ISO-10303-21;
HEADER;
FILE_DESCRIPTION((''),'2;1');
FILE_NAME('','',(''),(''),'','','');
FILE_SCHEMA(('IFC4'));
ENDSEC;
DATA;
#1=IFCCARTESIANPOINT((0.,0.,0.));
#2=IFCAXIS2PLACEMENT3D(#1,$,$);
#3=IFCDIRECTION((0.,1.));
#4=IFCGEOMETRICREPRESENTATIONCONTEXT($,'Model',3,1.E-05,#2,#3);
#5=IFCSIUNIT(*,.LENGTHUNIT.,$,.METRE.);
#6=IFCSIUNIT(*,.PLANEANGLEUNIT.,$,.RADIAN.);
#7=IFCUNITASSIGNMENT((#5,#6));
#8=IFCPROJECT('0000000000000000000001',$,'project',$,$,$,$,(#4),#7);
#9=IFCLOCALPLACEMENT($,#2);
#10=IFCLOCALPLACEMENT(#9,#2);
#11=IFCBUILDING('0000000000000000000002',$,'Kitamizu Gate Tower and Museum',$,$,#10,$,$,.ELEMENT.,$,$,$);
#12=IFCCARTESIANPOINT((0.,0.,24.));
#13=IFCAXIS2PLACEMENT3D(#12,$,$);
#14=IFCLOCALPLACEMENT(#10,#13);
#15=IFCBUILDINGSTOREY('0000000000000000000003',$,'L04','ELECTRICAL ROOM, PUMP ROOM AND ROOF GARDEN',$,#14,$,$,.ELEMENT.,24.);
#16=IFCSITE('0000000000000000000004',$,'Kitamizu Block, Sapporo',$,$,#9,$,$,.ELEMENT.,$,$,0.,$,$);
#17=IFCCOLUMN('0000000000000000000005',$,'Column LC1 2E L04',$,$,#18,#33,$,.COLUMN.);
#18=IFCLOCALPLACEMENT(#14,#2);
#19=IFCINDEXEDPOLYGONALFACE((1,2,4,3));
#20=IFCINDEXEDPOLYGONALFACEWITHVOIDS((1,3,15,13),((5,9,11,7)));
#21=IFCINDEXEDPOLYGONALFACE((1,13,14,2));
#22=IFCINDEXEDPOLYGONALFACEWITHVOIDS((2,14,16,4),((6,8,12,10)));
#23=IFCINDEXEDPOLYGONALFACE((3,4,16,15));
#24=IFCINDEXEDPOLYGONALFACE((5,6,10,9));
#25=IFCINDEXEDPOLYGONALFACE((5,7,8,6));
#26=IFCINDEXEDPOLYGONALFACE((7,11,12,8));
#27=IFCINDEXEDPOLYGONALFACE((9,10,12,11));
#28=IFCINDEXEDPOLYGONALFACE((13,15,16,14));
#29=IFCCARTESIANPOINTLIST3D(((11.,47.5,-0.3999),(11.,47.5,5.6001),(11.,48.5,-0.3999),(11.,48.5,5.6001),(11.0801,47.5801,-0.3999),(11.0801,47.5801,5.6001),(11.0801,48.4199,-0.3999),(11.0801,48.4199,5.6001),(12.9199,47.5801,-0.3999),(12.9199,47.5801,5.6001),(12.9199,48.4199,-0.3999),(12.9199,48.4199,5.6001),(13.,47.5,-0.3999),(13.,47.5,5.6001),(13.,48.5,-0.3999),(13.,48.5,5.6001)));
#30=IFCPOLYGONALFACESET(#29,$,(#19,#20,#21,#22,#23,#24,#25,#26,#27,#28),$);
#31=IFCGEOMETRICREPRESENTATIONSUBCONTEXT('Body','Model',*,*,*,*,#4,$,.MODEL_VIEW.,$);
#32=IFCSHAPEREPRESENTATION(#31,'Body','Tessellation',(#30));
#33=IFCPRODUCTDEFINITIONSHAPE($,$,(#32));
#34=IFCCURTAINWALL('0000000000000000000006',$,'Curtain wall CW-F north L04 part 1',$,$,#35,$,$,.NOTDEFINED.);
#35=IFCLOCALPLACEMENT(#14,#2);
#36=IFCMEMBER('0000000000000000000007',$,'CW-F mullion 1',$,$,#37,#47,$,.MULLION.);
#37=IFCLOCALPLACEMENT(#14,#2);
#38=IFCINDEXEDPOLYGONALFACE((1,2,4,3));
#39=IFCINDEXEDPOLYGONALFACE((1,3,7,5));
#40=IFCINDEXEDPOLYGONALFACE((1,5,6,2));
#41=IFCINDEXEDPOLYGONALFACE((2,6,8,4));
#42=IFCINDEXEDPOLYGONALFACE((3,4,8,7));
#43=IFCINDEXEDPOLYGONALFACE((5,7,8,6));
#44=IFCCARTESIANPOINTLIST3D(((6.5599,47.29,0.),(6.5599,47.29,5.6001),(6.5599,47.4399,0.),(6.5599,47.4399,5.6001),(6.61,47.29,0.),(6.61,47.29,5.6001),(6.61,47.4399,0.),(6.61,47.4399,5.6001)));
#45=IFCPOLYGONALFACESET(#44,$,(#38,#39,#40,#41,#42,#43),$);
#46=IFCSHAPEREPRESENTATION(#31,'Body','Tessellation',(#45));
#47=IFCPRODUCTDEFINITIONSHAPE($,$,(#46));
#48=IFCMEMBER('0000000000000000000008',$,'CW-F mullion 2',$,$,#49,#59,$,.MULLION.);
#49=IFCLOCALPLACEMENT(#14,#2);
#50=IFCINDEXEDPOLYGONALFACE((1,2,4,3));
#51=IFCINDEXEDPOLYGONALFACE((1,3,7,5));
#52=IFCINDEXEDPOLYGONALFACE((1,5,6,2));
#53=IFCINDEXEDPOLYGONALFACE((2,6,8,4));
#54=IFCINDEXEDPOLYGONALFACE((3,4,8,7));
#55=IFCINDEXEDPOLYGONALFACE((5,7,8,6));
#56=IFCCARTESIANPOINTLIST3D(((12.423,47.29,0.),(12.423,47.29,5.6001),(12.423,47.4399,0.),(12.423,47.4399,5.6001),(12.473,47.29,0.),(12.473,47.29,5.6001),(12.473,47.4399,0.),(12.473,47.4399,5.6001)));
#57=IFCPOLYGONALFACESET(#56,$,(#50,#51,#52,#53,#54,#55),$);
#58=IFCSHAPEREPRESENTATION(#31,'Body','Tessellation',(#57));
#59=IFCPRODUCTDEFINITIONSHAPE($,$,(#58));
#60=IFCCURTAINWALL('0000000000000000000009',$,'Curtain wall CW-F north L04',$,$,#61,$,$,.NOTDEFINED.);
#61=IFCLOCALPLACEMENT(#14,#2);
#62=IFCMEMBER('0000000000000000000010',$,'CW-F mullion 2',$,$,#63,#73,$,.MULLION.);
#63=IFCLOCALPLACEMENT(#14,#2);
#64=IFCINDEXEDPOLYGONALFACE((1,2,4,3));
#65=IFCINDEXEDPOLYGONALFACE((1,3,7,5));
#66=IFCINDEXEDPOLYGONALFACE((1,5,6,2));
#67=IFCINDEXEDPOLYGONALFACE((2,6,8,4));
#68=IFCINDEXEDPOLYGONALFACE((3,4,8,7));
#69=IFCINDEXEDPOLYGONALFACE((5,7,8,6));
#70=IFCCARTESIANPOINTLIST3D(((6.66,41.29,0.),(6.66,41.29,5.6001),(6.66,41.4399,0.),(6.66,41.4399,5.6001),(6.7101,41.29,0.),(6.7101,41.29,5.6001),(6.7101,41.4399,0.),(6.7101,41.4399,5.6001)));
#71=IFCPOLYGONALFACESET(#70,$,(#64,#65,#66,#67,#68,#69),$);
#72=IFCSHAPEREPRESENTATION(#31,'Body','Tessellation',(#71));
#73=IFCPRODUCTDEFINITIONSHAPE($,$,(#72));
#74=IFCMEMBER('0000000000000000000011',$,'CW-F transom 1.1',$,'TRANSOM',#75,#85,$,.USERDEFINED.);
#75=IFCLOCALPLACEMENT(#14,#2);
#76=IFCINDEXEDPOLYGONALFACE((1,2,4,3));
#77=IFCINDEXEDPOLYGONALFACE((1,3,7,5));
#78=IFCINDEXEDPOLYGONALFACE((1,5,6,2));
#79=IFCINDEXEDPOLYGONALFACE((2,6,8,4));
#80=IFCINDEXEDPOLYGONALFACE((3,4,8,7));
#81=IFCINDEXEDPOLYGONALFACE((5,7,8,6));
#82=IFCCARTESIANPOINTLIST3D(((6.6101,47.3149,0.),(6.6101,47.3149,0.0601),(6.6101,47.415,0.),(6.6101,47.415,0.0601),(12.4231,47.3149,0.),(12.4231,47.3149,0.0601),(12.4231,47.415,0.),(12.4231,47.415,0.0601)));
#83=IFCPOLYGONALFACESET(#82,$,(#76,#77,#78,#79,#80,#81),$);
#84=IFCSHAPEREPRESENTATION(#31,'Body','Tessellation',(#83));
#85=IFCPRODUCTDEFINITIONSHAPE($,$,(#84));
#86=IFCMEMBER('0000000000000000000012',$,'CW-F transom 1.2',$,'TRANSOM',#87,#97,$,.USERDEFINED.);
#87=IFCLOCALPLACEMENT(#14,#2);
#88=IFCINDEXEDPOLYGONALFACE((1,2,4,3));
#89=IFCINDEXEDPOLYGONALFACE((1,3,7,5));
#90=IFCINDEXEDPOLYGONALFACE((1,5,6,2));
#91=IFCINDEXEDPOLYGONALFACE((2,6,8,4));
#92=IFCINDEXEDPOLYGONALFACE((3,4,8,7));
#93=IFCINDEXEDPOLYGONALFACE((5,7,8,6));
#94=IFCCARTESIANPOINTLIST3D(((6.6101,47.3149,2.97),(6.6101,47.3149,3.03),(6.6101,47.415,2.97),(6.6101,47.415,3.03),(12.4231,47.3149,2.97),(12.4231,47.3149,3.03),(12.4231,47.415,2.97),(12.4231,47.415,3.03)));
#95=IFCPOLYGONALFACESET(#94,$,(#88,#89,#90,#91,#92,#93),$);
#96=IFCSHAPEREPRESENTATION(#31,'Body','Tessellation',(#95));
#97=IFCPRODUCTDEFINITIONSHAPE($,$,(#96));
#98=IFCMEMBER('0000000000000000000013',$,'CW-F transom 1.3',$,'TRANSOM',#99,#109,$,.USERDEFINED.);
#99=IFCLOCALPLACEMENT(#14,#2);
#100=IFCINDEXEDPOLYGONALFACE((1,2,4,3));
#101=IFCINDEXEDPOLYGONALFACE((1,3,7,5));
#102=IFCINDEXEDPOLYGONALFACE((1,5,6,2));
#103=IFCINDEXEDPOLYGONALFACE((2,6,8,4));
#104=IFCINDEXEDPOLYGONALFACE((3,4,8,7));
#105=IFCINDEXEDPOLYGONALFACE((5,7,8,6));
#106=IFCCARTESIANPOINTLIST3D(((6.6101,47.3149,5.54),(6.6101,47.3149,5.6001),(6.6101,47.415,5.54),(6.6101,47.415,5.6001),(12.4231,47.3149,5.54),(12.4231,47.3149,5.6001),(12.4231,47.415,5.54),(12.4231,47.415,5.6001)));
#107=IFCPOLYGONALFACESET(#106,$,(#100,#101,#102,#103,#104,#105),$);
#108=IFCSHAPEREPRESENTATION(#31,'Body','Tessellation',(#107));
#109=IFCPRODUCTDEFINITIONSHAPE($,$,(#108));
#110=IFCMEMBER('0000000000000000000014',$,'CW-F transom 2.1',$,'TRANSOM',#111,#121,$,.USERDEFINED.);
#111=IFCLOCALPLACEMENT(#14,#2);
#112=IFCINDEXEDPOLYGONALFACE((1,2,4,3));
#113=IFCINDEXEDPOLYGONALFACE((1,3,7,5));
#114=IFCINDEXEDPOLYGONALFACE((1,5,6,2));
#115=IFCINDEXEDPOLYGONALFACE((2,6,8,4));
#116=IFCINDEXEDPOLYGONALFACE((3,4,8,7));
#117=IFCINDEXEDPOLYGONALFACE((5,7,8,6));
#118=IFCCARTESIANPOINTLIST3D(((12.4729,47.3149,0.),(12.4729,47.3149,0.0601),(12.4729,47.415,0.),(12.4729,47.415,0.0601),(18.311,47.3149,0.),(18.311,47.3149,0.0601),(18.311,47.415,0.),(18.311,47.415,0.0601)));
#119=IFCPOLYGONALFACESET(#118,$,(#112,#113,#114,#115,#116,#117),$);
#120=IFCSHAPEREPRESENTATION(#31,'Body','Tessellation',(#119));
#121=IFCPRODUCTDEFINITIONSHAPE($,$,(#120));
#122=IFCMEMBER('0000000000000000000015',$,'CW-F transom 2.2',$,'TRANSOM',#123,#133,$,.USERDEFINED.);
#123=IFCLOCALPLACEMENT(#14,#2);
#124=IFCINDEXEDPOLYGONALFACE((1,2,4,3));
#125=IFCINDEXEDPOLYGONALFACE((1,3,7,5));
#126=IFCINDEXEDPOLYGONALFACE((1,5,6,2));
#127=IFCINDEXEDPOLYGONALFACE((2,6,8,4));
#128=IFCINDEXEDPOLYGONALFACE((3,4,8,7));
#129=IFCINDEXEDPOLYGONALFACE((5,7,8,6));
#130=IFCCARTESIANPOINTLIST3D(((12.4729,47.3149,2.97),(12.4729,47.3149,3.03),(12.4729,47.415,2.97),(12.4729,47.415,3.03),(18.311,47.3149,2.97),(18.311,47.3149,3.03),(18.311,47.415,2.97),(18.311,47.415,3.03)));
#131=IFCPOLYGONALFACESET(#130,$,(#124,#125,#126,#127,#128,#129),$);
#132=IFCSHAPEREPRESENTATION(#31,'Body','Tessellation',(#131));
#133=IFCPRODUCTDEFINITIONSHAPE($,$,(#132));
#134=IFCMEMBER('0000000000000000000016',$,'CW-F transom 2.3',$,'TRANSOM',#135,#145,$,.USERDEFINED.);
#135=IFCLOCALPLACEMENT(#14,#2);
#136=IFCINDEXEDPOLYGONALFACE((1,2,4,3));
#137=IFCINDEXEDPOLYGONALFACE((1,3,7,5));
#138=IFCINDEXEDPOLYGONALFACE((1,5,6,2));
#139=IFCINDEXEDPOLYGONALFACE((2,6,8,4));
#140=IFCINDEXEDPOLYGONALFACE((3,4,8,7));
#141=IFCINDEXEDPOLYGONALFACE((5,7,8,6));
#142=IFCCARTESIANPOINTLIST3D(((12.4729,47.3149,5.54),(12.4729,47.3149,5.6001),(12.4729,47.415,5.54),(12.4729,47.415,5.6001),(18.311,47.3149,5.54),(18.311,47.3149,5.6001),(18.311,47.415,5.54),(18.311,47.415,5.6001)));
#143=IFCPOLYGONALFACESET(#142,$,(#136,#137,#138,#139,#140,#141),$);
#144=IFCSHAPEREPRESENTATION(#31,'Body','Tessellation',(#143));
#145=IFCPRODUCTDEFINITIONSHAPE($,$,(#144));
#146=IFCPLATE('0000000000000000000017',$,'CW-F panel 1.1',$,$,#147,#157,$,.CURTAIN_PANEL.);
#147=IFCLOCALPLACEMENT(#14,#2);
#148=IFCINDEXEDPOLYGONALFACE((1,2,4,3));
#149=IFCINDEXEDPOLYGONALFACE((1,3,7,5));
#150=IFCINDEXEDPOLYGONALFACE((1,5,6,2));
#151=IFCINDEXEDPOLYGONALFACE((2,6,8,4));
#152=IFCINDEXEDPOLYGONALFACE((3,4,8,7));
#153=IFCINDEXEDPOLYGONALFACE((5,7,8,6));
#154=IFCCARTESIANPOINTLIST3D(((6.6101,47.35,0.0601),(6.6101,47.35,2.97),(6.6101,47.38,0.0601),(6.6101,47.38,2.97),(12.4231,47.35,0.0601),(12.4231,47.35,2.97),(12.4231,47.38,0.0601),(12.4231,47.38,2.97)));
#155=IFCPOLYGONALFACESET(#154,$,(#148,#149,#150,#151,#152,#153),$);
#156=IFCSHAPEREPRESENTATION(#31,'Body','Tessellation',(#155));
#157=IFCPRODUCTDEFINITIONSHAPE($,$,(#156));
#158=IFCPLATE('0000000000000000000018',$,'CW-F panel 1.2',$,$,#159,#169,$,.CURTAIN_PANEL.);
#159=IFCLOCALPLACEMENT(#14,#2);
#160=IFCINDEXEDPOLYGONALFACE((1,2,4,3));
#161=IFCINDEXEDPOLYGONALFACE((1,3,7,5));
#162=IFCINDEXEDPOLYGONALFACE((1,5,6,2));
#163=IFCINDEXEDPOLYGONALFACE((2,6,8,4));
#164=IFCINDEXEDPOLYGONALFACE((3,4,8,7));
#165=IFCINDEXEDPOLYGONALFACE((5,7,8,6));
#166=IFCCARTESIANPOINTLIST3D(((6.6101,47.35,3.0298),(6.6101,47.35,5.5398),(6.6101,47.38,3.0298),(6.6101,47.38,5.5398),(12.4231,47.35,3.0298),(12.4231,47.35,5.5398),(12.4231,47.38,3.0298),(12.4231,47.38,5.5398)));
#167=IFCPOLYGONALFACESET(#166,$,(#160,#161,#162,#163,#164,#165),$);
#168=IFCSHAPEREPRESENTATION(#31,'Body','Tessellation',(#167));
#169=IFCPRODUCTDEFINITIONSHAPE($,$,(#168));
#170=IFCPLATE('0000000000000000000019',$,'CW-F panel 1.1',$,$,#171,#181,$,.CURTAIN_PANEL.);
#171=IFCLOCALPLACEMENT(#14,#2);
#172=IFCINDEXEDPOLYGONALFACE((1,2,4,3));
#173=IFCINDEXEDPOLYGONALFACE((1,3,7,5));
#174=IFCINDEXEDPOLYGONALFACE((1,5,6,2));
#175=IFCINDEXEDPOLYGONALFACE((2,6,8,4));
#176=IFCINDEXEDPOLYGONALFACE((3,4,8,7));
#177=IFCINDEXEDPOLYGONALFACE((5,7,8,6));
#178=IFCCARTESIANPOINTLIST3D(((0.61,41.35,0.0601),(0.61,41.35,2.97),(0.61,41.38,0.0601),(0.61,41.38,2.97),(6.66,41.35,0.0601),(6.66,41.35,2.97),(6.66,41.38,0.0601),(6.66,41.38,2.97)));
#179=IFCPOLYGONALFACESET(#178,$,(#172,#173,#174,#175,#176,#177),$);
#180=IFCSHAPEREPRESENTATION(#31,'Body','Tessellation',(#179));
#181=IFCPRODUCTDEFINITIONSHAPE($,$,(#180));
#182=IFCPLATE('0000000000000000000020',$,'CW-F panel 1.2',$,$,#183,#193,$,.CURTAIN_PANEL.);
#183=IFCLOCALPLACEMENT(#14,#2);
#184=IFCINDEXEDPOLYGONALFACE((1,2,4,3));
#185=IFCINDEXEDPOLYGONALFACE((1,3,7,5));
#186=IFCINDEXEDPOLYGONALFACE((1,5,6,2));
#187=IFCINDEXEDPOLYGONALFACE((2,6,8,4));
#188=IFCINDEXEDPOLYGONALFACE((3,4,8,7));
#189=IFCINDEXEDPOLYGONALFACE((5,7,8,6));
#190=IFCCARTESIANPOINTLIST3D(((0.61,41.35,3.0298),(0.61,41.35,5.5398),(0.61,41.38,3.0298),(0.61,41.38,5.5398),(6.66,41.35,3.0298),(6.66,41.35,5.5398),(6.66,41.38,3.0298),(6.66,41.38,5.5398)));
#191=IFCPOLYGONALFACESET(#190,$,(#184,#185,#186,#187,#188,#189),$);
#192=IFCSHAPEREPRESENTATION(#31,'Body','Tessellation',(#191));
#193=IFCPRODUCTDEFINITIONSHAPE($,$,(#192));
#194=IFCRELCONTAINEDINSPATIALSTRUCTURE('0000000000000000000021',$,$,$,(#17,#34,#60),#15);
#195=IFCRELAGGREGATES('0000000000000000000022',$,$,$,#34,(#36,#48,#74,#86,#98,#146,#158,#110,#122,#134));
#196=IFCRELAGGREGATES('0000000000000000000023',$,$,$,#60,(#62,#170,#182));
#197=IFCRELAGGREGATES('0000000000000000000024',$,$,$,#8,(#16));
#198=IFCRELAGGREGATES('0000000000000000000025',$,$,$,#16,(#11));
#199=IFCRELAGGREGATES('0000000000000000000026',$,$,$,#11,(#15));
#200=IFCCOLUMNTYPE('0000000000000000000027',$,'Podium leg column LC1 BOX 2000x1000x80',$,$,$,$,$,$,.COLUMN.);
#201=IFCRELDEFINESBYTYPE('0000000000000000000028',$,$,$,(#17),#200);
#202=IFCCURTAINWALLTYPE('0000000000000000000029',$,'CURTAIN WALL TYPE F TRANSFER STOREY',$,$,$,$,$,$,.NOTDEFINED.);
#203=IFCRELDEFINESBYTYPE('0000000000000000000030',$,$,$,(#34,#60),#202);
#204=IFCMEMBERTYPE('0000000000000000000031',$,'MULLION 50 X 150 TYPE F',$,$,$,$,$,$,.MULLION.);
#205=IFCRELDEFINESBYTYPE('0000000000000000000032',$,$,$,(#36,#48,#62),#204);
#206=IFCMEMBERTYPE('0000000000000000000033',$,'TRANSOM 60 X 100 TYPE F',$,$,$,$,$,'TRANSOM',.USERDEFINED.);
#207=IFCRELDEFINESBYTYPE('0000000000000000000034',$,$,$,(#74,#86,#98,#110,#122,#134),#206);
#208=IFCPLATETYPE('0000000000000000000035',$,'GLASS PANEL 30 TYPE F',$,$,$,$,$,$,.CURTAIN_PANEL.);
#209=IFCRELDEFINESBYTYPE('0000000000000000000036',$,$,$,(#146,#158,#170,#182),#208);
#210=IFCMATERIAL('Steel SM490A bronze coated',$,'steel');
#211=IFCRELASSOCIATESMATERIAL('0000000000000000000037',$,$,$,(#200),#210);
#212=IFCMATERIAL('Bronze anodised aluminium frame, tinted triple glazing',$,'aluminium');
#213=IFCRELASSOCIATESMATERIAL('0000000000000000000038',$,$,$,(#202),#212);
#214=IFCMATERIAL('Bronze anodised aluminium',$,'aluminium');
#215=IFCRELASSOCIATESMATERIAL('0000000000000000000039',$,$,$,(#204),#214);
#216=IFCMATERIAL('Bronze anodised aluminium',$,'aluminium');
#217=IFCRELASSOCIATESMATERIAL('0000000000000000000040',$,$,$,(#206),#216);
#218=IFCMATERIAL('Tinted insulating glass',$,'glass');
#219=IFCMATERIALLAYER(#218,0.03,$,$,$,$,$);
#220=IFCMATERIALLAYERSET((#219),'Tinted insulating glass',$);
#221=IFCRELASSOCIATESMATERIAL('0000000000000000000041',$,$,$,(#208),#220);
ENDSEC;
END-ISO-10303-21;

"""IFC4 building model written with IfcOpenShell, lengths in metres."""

from ifc_helpers import new_model, si_unit, direction, frame, origin, origin_2d, place, context, subcontext, project, spatial, rectangle, hollow_rectangle, extrude, material, layer, layer_set, material_profile, profile_set, type_object, element, aggregate, save


model = new_model("IFC4")

# Units and contexts
model_context = context("Model", 3, precision=1e-05, world=origin(), true_north=direction((0.0, 1.0)))
body_context = subcontext(model_context, "Body", "Model", "MODEL_VIEW")
ifc_project = project(units=[si_unit("LENGTHUNIT", "METRE"), si_unit("PLANEANGLEUNIT", "RADIAN")], contexts=[model_context])

# Site, building, storey
site_placement = place(None, origin())
site = spatial("IfcSite", under=ifc_project, at=site_placement, Name="Kitamizu Block, Sapporo", CompositionType="ELEMENT", RefElevation=0.0)
building_placement = place(site_placement, origin())
building = spatial("IfcBuilding", under=site, at=building_placement, Name="Kitamizu Gate Tower and Museum", CompositionType="ELEMENT")
storey_placement = place(building_placement, frame((0.0, 0.0, 24.0)))
storey = spatial("IfcBuildingStorey", under=building, at=storey_placement, Name="L04", Description="ELECTRICAL ROOM, PUMP ROOM AND ROOF GARDEN", CompositionType="ELEMENT", Elevation=24.0)

# Column
ifc_material_1 = material(Name="Steel SM490A bronze coated", Category="steel")
ifc_material_profile_1 = material_profile(ifc_material_1, hollow_rectangle(XDim=2.0, YDim=1.0, WallThickness=0.0801, at=origin_2d()), Name="BOX 2000x1000x80")
ifc_profile_set_1 = profile_set([ifc_material_profile_1], Name="Steel SM490A bronze coated")
column_type = type_object("IfcColumnType", Name="Podium leg column LC1 BOX 2000x1000x80", PredefinedType="COLUMN", material=ifc_profile_set_1)
column_placement = place(storey_placement, frame((12.0, 48.0, -0.3999), z_axis=(0.0, 0.0, 1.0), x_axis=(1.0, 0.0, 0.0)))
element("IfcColumn", 1, at=column_placement, inside=storey, type_object=column_type, Name="Column LC1 2E L04", PredefinedType="COLUMN", context=body_context, shape_type="SweptSolid", body=[
    extrude(hollow_rectangle(XDim=2.0, YDim=1.0, WallThickness=0.0801, at=origin_2d()), origin(), (0.0, 0.0, 1.0), 6.0),
])

# Curtain wall, members
ifc_material_2 = material(Name="Bronze anodised aluminium frame, tinted triple glazing", Category="aluminium")
curtain_wall_type = type_object("IfcCurtainWallType", Name="CURTAIN WALL TYPE F TRANSFER STOREY", PredefinedType="NOTDEFINED", material=ifc_material_2)
curtain_wall_1_placement = place(storey_placement, origin())
curtain_wall_1 = element("IfcCurtainWall", 2, at=curtain_wall_1_placement, inside=storey, type_object=curtain_wall_type, Name="Curtain wall CW-F north L04 part 1", PredefinedType="NOTDEFINED")
ifc_material_3 = material(Name="Bronze anodised aluminium", Category="aluminium")
ifc_material_profile_2 = material_profile(ifc_material_3, rectangle(XDim=0.05, YDim=0.1499, at=origin_2d()), Name="AL 50X150")
ifc_profile_set_2 = profile_set([ifc_material_profile_2], Name="Bronze anodised aluminium")
member_type_1 = type_object("IfcMemberType", Name="MULLION 50 X 150 TYPE F", PredefinedType="MULLION", material=ifc_profile_set_2)
member_1_placement = place(storey_placement, frame((6.585, 47.365, 0.0), z_axis=(0.0, 0.0, 1.0), x_axis=(1.0, 0.0, 0.0)))
member_1 = element("IfcMember", 3, at=member_1_placement, type_object=member_type_1, Name="CW-F mullion 1", PredefinedType="MULLION", context=body_context, shape_type="SweptSolid", body=[
    extrude(rectangle(XDim=0.05, YDim=0.1499, at=origin_2d()), origin(), (0.0, 0.0, 1.0), 5.6001),
])
member_2_placement = place(storey_placement, frame((12.448, 47.365, 0.0), z_axis=(0.0, 0.0, 1.0), x_axis=(1.0, 0.0, 0.0)))
member_2 = element("IfcMember", 4, at=member_2_placement, type_object=member_type_1, Name="CW-F mullion 2", PredefinedType="MULLION", context=body_context, shape_type="SweptSolid", body=[
    extrude(rectangle(XDim=0.05, YDim=0.1499, at=origin_2d()), origin(), (0.0, 0.0, 1.0), 5.6001),
])

# Curtain wall, member
curtain_wall_2_placement = place(storey_placement, origin())
curtain_wall_2 = element("IfcCurtainWall", 5, at=curtain_wall_2_placement, inside=storey, type_object=curtain_wall_type, Name="Curtain wall CW-F north L04", PredefinedType="NOTDEFINED")
member_3_placement = place(storey_placement, frame((6.6851, 41.365, 0.0), z_axis=(0.0, 0.0, 1.0), x_axis=(1.0, 0.0, 0.0)))
member_3 = element("IfcMember", 6, at=member_3_placement, type_object=member_type_1, Name="CW-F mullion 2", PredefinedType="MULLION", context=body_context, shape_type="SweptSolid", body=[
    extrude(rectangle(XDim=0.05, YDim=0.1499, at=origin_2d()), origin(), (0.0, 0.0, 1.0), 5.6001),
])

# Members
ifc_material_4 = material(Name="Bronze anodised aluminium", Category="aluminium")
ifc_material_profile_3 = material_profile(ifc_material_4, rectangle(XDim=0.1001, YDim=0.0601, at=origin_2d()), Name="AL 60X100")
ifc_profile_set_3 = profile_set([ifc_material_profile_3], Name="Bronze anodised aluminium")
member_type_2 = type_object("IfcMemberType", Name="TRANSOM 60 X 100 TYPE F", ElementType="TRANSOM", PredefinedType="USERDEFINED", material=ifc_profile_set_3)
member_4_placement = place(storey_placement, frame((6.6101, 47.365, 0.03), z_axis=(1.0, 0.0, 0.0), x_axis=(0.0, 1.0, 0.0)))
member_4 = element("IfcMember", 7, at=member_4_placement, type_object=member_type_2, Name="CW-F transom 1.1", ObjectType="TRANSOM", PredefinedType="USERDEFINED", context=body_context, shape_type="SweptSolid", body=[
    extrude(rectangle(XDim=0.1001, YDim=0.0601, at=origin_2d()), origin(), (0.0, 0.0, 1.0), 5.813),
])
member_5_placement = place(storey_placement, frame((6.6101, 47.365, 3.0), z_axis=(1.0, 0.0, 0.0), x_axis=(0.0, 1.0, 0.0)))
member_5 = element("IfcMember", 8, at=member_5_placement, type_object=member_type_2, Name="CW-F transom 1.2", ObjectType="TRANSOM", PredefinedType="USERDEFINED", context=body_context, shape_type="SweptSolid", body=[
    extrude(rectangle(XDim=0.1001, YDim=0.0601, at=origin_2d()), origin(), (0.0, 0.0, 1.0), 5.813),
])
member_6_placement = place(storey_placement, frame((6.6101, 47.365, 5.5701), z_axis=(1.0, 0.0, 0.0), x_axis=(0.0, 1.0, 0.0)))
member_6 = element("IfcMember", 9, at=member_6_placement, type_object=member_type_2, Name="CW-F transom 1.3", ObjectType="TRANSOM", PredefinedType="USERDEFINED", context=body_context, shape_type="SweptSolid", body=[
    extrude(rectangle(XDim=0.1001, YDim=0.0601, at=origin_2d()), origin(), (0.0, 0.0, 1.0), 5.813),
])
member_7_placement = place(storey_placement, frame((12.4729, 47.365, 0.03), z_axis=(1.0, 0.0, 0.0), x_axis=(0.0, 1.0, 0.0)))
member_7 = element("IfcMember", 10, at=member_7_placement, type_object=member_type_2, Name="CW-F transom 2.1", ObjectType="TRANSOM", PredefinedType="USERDEFINED", context=body_context, shape_type="SweptSolid", body=[
    extrude(rectangle(XDim=0.1001, YDim=0.0601, at=origin_2d()), origin(), (0.0, 0.0, 1.0), 5.8381),
])
member_8_placement = place(storey_placement, frame((12.4729, 47.365, 3.0), z_axis=(1.0, 0.0, 0.0), x_axis=(0.0, 1.0, 0.0)))
member_8 = element("IfcMember", 11, at=member_8_placement, type_object=member_type_2, Name="CW-F transom 2.2", ObjectType="TRANSOM", PredefinedType="USERDEFINED", context=body_context, shape_type="SweptSolid", body=[
    extrude(rectangle(XDim=0.1001, YDim=0.0601, at=origin_2d()), origin(), (0.0, 0.0, 1.0), 5.8381),
])
member_9_placement = place(storey_placement, frame((12.4729, 47.365, 5.5701), z_axis=(1.0, 0.0, 0.0), x_axis=(0.0, 1.0, 0.0)))
member_9 = element("IfcMember", 12, at=member_9_placement, type_object=member_type_2, Name="CW-F transom 2.3", ObjectType="TRANSOM", PredefinedType="USERDEFINED", context=body_context, shape_type="SweptSolid", body=[
    extrude(rectangle(XDim=0.1001, YDim=0.0601, at=origin_2d()), origin(), (0.0, 0.0, 1.0), 5.8381),
])

# Plates
ifc_material_5 = material(Name="Tinted insulating glass", Category="glass")
ifc_layer_1 = layer(ifc_material_5, 0.03)
ifc_layer_set_1 = layer_set([ifc_layer_1], Name="Tinted insulating glass")
plate_type = type_object("IfcPlateType", Name="GLASS PANEL 30 TYPE F", PredefinedType="CURTAIN_PANEL", material=ifc_layer_set_1)
plate_1_placement = place(storey_placement, frame((9.5166, 47.365, 0.0601), z_axis=(0.0, 0.0, 1.0), x_axis=(1.0, 0.0, 0.0)))
plate_1 = element("IfcPlate", 13, at=plate_1_placement, type_object=plate_type, Name="CW-F panel 1.1", PredefinedType="CURTAIN_PANEL", context=body_context, shape_type="SweptSolid", body=[
    extrude(rectangle(XDim=5.813, YDim=0.03, at=origin_2d()), origin(), (0.0, 0.0, 1.0), 2.9099),
])
plate_2_placement = place(storey_placement, frame((9.5166, 47.365, 3.0298), z_axis=(0.0, 0.0, 1.0), x_axis=(1.0, 0.0, 0.0)))
plate_2 = element("IfcPlate", 14, at=plate_2_placement, type_object=plate_type, Name="CW-F panel 1.2", PredefinedType="CURTAIN_PANEL", context=body_context, shape_type="SweptSolid", body=[
    extrude(rectangle(XDim=5.813, YDim=0.03, at=origin_2d()), origin(), (0.0, 0.0, 1.0), 2.51),
])
aggregate(curtain_wall_1, [member_1, member_2, member_4, member_5, member_6, plate_1, plate_2, member_7, member_8, member_9])
plate_3_placement = place(storey_placement, frame((3.635, 41.365, 0.0601), z_axis=(0.0, 0.0, 1.0), x_axis=(1.0, 0.0, 0.0)))
plate_3 = element("IfcPlate", 15, at=plate_3_placement, type_object=plate_type, Name="CW-F panel 1.1", PredefinedType="CURTAIN_PANEL", context=body_context, shape_type="SweptSolid", body=[
    extrude(rectangle(XDim=6.05, YDim=0.03, at=origin_2d()), origin(), (0.0, 0.0, 1.0), 2.9099),
])
plate_4_placement = place(storey_placement, frame((3.635, 41.365, 3.0298), z_axis=(0.0, 0.0, 1.0), x_axis=(1.0, 0.0, 0.0)))
plate_4 = element("IfcPlate", 16, at=plate_4_placement, type_object=plate_type, Name="CW-F panel 1.2", PredefinedType="CURTAIN_PANEL", context=body_context, shape_type="SweptSolid", body=[
    extrude(rectangle(XDim=6.05, YDim=0.03, at=origin_2d()), origin(), (0.0, 0.0, 1.0), 2.51),
])
aggregate(curtain_wall_2, [member_3, plate_3, plate_4])

save(model, "model.ifc")
